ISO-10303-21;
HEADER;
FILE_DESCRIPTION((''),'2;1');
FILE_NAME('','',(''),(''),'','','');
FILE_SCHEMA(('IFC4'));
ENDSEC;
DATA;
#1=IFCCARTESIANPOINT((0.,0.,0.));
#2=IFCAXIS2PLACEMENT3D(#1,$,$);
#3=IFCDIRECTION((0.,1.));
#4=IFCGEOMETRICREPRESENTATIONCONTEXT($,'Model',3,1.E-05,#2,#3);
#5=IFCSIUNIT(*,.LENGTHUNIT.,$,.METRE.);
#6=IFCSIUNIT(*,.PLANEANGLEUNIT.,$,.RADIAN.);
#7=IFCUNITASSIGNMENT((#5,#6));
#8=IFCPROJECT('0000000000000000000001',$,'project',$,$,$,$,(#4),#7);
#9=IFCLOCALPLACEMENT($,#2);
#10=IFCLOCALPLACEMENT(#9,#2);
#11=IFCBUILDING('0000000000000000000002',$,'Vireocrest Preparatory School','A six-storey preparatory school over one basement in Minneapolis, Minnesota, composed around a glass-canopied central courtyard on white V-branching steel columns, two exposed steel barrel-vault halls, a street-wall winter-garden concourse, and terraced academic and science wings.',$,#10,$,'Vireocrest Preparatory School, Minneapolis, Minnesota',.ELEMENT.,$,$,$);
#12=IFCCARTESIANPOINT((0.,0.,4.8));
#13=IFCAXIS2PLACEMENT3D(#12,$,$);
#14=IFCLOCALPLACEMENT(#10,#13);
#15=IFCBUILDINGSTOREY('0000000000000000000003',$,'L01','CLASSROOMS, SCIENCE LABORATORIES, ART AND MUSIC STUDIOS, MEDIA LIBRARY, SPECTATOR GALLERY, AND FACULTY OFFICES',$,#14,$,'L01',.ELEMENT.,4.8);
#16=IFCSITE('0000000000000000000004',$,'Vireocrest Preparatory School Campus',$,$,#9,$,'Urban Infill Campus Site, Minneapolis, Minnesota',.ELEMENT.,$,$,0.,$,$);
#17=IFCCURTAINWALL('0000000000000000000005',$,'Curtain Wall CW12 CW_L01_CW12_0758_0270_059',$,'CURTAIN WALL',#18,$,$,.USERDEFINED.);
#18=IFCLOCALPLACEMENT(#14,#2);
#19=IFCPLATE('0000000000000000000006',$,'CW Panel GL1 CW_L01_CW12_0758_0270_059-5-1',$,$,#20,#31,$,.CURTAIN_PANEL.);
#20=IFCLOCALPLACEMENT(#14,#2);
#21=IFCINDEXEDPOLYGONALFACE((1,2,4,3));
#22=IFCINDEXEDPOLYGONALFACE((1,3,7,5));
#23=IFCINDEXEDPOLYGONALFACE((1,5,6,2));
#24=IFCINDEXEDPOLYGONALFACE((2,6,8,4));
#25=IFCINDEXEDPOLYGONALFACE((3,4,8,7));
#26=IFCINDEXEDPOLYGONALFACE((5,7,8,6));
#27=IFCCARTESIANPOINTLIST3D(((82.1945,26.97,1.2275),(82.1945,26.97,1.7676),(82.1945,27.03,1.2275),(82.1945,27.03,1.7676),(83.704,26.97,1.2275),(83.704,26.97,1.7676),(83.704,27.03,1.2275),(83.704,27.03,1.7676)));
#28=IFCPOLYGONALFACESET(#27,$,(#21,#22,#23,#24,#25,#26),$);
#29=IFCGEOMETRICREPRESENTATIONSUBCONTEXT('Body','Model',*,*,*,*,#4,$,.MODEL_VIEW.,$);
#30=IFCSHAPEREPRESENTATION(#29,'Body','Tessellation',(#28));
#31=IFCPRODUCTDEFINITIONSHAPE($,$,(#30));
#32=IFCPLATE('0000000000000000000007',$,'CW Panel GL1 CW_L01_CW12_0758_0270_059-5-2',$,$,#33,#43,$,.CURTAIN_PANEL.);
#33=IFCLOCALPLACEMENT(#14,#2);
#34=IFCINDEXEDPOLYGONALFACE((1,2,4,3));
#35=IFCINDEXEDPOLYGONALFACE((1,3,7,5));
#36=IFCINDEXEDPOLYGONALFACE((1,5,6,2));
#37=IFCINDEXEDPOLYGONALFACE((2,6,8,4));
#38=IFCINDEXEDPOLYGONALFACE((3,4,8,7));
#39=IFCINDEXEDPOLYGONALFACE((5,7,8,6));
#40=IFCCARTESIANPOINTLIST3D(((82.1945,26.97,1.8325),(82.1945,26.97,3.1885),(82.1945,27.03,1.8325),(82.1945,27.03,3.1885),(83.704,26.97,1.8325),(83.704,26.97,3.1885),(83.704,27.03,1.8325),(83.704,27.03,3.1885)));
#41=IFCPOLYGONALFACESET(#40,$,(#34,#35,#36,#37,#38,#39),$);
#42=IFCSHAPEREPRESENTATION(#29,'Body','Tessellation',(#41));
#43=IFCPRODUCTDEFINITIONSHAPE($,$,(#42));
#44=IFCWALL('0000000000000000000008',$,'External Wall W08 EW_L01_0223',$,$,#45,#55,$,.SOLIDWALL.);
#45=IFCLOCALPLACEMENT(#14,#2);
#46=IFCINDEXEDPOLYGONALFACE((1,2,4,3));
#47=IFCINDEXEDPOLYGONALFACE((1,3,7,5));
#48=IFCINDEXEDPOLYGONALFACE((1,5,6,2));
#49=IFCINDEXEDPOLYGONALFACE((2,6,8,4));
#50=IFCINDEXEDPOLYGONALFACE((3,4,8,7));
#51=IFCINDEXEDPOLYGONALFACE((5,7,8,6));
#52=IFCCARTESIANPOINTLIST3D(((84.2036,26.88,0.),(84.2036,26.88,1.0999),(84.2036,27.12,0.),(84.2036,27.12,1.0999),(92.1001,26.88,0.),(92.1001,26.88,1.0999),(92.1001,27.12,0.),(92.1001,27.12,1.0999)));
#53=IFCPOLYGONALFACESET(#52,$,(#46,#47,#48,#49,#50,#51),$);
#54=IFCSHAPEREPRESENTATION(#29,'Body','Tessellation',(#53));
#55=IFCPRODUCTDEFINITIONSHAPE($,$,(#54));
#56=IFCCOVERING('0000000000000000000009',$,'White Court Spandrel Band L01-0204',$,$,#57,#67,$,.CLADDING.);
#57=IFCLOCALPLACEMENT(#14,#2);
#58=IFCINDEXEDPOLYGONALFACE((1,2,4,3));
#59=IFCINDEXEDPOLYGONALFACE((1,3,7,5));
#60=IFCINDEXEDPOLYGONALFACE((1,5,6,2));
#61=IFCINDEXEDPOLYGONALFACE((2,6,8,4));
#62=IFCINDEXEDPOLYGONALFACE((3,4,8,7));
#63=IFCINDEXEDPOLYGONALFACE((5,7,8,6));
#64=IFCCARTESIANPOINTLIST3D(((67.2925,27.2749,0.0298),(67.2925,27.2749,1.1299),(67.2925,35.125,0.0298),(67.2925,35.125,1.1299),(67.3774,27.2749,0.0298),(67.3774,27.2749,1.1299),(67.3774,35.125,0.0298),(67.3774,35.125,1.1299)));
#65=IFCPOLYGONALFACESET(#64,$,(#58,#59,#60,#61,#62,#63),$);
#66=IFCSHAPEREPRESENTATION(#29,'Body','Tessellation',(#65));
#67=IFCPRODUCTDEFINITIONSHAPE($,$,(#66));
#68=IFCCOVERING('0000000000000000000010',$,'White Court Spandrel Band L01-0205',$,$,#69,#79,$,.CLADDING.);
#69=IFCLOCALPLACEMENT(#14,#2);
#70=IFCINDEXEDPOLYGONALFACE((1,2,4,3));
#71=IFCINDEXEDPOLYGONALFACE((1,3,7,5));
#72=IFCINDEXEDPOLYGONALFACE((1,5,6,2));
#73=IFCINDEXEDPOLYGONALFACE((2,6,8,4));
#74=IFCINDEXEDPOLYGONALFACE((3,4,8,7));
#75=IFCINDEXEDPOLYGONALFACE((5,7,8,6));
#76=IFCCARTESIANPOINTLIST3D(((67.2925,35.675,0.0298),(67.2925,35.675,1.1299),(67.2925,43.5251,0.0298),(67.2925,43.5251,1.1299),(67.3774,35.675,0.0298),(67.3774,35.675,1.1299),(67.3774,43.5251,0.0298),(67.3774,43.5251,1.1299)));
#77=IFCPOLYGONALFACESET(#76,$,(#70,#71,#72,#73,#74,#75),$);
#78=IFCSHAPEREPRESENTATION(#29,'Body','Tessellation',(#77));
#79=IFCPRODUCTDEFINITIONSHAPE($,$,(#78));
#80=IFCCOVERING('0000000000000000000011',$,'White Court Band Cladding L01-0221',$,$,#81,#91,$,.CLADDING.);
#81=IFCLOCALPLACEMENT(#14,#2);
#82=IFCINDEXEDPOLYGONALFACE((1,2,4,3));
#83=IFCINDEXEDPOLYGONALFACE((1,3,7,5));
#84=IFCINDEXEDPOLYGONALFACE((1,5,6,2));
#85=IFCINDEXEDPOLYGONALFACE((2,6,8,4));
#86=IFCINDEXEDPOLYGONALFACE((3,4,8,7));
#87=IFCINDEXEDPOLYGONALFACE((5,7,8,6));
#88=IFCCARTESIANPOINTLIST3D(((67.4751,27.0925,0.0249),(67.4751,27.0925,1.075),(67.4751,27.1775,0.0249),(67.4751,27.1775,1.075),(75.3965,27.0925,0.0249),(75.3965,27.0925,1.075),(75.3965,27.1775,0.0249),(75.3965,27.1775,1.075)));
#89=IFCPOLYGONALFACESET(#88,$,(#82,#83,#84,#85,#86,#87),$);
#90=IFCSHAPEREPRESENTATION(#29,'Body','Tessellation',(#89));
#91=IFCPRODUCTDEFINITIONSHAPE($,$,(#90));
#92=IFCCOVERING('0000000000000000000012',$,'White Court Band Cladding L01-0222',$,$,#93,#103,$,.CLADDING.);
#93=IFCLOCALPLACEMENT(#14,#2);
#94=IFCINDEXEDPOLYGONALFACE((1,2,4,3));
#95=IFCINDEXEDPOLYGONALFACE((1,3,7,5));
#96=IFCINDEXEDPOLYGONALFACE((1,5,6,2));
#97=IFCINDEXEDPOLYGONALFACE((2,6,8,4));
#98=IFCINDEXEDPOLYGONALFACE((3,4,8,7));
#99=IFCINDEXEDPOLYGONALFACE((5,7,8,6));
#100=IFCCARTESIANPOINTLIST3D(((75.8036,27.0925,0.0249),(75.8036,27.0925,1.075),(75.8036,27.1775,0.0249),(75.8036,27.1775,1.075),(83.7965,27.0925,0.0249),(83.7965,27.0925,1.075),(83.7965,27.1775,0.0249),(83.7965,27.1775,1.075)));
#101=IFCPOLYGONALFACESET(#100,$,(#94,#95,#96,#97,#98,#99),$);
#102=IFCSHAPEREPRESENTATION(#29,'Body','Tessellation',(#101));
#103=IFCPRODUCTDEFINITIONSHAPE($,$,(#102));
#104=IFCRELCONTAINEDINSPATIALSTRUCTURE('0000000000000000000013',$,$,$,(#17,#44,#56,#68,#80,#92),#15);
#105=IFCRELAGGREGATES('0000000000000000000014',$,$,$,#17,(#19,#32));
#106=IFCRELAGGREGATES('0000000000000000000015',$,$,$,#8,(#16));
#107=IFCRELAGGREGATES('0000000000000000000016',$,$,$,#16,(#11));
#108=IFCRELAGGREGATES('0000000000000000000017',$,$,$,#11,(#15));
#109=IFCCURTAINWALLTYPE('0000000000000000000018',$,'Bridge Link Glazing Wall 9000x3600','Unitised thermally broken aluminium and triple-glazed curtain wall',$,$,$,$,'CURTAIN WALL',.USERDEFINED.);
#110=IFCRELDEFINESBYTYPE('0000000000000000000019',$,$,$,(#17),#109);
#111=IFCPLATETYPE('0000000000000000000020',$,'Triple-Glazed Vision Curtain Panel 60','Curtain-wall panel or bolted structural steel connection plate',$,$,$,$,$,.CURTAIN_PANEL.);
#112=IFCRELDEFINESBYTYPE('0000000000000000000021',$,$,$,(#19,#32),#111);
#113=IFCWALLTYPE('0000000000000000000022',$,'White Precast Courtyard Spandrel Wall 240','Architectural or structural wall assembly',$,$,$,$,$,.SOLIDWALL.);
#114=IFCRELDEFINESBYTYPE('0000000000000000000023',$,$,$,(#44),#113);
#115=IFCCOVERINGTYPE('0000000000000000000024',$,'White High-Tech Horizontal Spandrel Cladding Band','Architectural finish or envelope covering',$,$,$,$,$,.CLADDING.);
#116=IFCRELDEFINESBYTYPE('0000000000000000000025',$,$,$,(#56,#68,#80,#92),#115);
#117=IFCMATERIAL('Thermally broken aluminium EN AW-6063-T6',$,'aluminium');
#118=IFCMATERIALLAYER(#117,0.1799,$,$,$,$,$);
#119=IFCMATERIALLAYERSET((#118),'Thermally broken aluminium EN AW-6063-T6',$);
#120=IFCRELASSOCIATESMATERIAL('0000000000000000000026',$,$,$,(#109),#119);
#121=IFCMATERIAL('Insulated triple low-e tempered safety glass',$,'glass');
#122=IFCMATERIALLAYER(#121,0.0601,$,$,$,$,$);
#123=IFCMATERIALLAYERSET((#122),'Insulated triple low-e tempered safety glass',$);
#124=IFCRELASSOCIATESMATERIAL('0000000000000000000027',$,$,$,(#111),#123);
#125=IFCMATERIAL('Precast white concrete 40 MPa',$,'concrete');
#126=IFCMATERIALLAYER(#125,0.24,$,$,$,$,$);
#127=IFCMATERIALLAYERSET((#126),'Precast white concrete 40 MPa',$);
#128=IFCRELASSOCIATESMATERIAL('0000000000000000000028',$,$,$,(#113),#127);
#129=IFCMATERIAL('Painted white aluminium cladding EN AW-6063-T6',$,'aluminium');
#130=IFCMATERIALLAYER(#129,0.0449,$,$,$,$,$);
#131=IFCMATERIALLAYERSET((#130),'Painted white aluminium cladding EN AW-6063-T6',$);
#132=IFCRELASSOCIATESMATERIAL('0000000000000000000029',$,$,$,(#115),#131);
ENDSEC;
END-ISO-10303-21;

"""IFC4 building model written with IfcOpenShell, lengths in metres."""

from ifc_helpers import new_model, si_unit, direction, frame, frame_2d, origin, origin_2d, place, context, subcontext, project, spatial, rectangle, extrude, material, layer, layer_set, type_object, element, aggregate, save


model = new_model("IFC4")

# Units and contexts
model_context = context("Model", 3, precision=1e-05, world=origin(), true_north=direction((0.0, 1.0)))
body_context = subcontext(model_context, "Body", "Model", "MODEL_VIEW")
ifc_project = project(units=[si_unit("LENGTHUNIT", "METRE"), si_unit("PLANEANGLEUNIT", "RADIAN")], contexts=[model_context])

# Site, building, storey
site_placement = place(None, origin())
site = spatial("IfcSite", under=ifc_project, at=site_placement, Name="Vireocrest Preparatory School Campus", LongName="Urban Infill Campus Site, Minneapolis, Minnesota", CompositionType="ELEMENT", RefElevation=0.0)
building_placement = place(site_placement, origin())
building = spatial("IfcBuilding", under=site, at=building_placement, Name="Vireocrest Preparatory School", Description="A six-storey preparatory school over one basement in Minneapolis, Minnesota, composed around a glass-canopied central courtyard on white V-branching steel columns, two exposed steel barrel-vault halls, a street-wall winter-garden concourse, and terraced academic and science wings.", LongName="Vireocrest Preparatory School, Minneapolis, Minnesota", CompositionType="ELEMENT")
storey_placement = place(building_placement, frame((0.0, 0.0, 4.8)))
storey = spatial("IfcBuildingStorey", under=building, at=storey_placement, Name="L01", Description="CLASSROOMS, SCIENCE LABORATORIES, ART AND MUSIC STUDIOS, MEDIA LIBRARY, SPECTATOR GALLERY, AND FACULTY OFFICES", LongName="L01", CompositionType="ELEMENT", Elevation=4.8)

# Curtain wall
ifc_material_1 = material(Name="Thermally broken aluminium EN AW-6063-T6", Category="aluminium")
ifc_layer_1 = layer(ifc_material_1, 0.1799)
ifc_layer_set_1 = layer_set([ifc_layer_1], Name="Thermally broken aluminium EN AW-6063-T6")
curtain_wall_type_1 = type_object("IfcCurtainWallType", Name="Bridge Link Glazing Wall 9000x3600", Description="Unitised thermally broken aluminium and triple-glazed curtain wall", ElementType="CURTAIN WALL", PredefinedType="USERDEFINED", material=ifc_layer_set_1)
curtain_wall_1_placement = place(storey_placement, origin())
curtain_wall_1 = element("IfcCurtainWall", 1, at=curtain_wall_1_placement, inside=storey, type_object=curtain_wall_type_1, Name="Curtain Wall CW12 CW_L01_CW12_0758_0270_059", ObjectType="CURTAIN WALL", PredefinedType="USERDEFINED")

# Plates
ifc_material_2 = material(Name="Insulated triple low-e tempered safety glass", Category="glass")
ifc_layer_2 = layer(ifc_material_2, 0.0601)
ifc_layer_set_2 = layer_set([ifc_layer_2], Name="Insulated triple low-e tempered safety glass")
plate_type = type_object("IfcPlateType", Name="Triple-Glazed Vision Curtain Panel 60", Description="Curtain-wall panel or bolted structural steel connection plate", PredefinedType="CURTAIN_PANEL", material=ifc_layer_set_2)
plate_1_placement = place(storey_placement, frame((82.9492, 27.0, 1.2275), z_axis=(0.0, 0.0, 1.0), x_axis=(1.0, 0.0, 0.0)))
plate_1 = element("IfcPlate", 2, at=plate_1_placement, type_object=plate_type, Name="CW Panel GL1 CW_L01_CW12_0758_0270_059-5-1", PredefinedType="CURTAIN_PANEL", context=body_context, shape_type="SweptSolid", body=[
    extrude(rectangle(XDim=1.5095, YDim=0.0601, at=origin_2d()), origin(), (0.0, 0.0, 1.0), 0.54),
])
plate_2_placement = place(storey_placement, frame((82.9492, 27.0, 1.8325), z_axis=(0.0, 0.0, 1.0), x_axis=(1.0, 0.0, 0.0)))
plate_2 = element("IfcPlate", 3, at=plate_2_placement, type_object=plate_type, Name="CW Panel GL1 CW_L01_CW12_0758_0270_059-5-2", PredefinedType="CURTAIN_PANEL", context=body_context, shape_type="SweptSolid", body=[
    extrude(rectangle(XDim=1.5095, YDim=0.0601, at=origin_2d()), origin(), (0.0, 0.0, 1.0), 1.356),
])
aggregate(curtain_wall_1, [plate_1, plate_2])

# Wall
ifc_material_3 = material(Name="Precast white concrete 40 MPa", Category="concrete")
ifc_layer_3 = layer(ifc_material_3, 0.24)
ifc_layer_set_3 = layer_set([ifc_layer_3], Name="Precast white concrete 40 MPa")
wall_type = type_object("IfcWallType", Name="White Precast Courtyard Spandrel Wall 240", Description="Architectural or structural wall assembly", PredefinedType="SOLIDWALL", material=ifc_layer_set_3)
wall_placement = place(storey_placement, frame((84.2036, 27.0, 0.0), z_axis=(0.0, 0.0, 1.0), x_axis=(1.0, 0.0, 0.0)))
element("IfcWall", 4, at=wall_placement, inside=storey, type_object=wall_type, Name="External Wall W08 EW_L01_0223", PredefinedType="SOLIDWALL", context=body_context, shape_type="SweptSolid", body=[
    extrude(rectangle(XDim=7.8965, YDim=0.24, at=frame_2d((3.9482, 0.0))), origin(), (0.0, 0.0, 1.0), 1.0999),
])

# Coverings
ifc_material_4 = material(Name="Painted white aluminium cladding EN AW-6063-T6", Category="aluminium")
ifc_layer_4 = layer(ifc_material_4, 0.0449)
ifc_layer_set_4 = layer_set([ifc_layer_4], Name="Painted white aluminium cladding EN AW-6063-T6")
covering_type = type_object("IfcCoveringType", Name="White High-Tech Horizontal Spandrel Cladding Band", Description="Architectural finish or envelope covering", PredefinedType="CLADDING", material=ifc_layer_set_4)
for number, where, z_axis, x_axis, name in (
    (5, (67.335, 31.2, 0.0298), (0.0, 0.0, 1.0), (1.0, 0.0, 0.0), "White Court Spandrel Band L01-0204"),
    (6, (67.335, 39.6001, 0.0298), (0.0, 0.0, 1.0), (1.0, 0.0, 0.0), "White Court Spandrel Band L01-0205"),
):
    element("IfcCovering", number, at=place(storey_placement, frame(where, z_axis=z_axis, x_axis=x_axis)), inside=storey, type_object=covering_type, Name=name, PredefinedType="CLADDING", context=body_context, shape_type="SweptSolid", body=[
        extrude(rectangle(XDim=0.085, YDim=7.8501, at=origin_2d()), origin(), (0.0, 0.0, 1.0), 1.1001),
    ])
covering_1_placement = place(storey_placement, frame((71.4358, 27.135, 0.0249), z_axis=(0.0, 0.0, 1.0), x_axis=(1.0, 0.0, 0.0)))
element("IfcCovering", 7, at=covering_1_placement, inside=storey, type_object=covering_type, Name="White Court Band Cladding L01-0221", PredefinedType="CLADDING", context=body_context, shape_type="SweptSolid", body=[
    extrude(rectangle(XDim=7.9214, YDim=0.085, at=origin_2d()), origin(), (0.0, 0.0, 1.0), 1.05),
])
covering_2_placement = place(storey_placement, frame((79.8, 27.135, 0.0249), z_axis=(0.0, 0.0, 1.0), x_axis=(1.0, 0.0, 0.0)))
element("IfcCovering", 8, at=covering_2_placement, inside=storey, type_object=covering_type, Name="White Court Band Cladding L01-0222", PredefinedType="CLADDING", context=body_context, shape_type="SweptSolid", body=[
    extrude(rectangle(XDim=7.9929, YDim=0.085, at=origin_2d()), origin(), (0.0, 0.0, 1.0), 1.05),
])

save(model, "model.ifc")
